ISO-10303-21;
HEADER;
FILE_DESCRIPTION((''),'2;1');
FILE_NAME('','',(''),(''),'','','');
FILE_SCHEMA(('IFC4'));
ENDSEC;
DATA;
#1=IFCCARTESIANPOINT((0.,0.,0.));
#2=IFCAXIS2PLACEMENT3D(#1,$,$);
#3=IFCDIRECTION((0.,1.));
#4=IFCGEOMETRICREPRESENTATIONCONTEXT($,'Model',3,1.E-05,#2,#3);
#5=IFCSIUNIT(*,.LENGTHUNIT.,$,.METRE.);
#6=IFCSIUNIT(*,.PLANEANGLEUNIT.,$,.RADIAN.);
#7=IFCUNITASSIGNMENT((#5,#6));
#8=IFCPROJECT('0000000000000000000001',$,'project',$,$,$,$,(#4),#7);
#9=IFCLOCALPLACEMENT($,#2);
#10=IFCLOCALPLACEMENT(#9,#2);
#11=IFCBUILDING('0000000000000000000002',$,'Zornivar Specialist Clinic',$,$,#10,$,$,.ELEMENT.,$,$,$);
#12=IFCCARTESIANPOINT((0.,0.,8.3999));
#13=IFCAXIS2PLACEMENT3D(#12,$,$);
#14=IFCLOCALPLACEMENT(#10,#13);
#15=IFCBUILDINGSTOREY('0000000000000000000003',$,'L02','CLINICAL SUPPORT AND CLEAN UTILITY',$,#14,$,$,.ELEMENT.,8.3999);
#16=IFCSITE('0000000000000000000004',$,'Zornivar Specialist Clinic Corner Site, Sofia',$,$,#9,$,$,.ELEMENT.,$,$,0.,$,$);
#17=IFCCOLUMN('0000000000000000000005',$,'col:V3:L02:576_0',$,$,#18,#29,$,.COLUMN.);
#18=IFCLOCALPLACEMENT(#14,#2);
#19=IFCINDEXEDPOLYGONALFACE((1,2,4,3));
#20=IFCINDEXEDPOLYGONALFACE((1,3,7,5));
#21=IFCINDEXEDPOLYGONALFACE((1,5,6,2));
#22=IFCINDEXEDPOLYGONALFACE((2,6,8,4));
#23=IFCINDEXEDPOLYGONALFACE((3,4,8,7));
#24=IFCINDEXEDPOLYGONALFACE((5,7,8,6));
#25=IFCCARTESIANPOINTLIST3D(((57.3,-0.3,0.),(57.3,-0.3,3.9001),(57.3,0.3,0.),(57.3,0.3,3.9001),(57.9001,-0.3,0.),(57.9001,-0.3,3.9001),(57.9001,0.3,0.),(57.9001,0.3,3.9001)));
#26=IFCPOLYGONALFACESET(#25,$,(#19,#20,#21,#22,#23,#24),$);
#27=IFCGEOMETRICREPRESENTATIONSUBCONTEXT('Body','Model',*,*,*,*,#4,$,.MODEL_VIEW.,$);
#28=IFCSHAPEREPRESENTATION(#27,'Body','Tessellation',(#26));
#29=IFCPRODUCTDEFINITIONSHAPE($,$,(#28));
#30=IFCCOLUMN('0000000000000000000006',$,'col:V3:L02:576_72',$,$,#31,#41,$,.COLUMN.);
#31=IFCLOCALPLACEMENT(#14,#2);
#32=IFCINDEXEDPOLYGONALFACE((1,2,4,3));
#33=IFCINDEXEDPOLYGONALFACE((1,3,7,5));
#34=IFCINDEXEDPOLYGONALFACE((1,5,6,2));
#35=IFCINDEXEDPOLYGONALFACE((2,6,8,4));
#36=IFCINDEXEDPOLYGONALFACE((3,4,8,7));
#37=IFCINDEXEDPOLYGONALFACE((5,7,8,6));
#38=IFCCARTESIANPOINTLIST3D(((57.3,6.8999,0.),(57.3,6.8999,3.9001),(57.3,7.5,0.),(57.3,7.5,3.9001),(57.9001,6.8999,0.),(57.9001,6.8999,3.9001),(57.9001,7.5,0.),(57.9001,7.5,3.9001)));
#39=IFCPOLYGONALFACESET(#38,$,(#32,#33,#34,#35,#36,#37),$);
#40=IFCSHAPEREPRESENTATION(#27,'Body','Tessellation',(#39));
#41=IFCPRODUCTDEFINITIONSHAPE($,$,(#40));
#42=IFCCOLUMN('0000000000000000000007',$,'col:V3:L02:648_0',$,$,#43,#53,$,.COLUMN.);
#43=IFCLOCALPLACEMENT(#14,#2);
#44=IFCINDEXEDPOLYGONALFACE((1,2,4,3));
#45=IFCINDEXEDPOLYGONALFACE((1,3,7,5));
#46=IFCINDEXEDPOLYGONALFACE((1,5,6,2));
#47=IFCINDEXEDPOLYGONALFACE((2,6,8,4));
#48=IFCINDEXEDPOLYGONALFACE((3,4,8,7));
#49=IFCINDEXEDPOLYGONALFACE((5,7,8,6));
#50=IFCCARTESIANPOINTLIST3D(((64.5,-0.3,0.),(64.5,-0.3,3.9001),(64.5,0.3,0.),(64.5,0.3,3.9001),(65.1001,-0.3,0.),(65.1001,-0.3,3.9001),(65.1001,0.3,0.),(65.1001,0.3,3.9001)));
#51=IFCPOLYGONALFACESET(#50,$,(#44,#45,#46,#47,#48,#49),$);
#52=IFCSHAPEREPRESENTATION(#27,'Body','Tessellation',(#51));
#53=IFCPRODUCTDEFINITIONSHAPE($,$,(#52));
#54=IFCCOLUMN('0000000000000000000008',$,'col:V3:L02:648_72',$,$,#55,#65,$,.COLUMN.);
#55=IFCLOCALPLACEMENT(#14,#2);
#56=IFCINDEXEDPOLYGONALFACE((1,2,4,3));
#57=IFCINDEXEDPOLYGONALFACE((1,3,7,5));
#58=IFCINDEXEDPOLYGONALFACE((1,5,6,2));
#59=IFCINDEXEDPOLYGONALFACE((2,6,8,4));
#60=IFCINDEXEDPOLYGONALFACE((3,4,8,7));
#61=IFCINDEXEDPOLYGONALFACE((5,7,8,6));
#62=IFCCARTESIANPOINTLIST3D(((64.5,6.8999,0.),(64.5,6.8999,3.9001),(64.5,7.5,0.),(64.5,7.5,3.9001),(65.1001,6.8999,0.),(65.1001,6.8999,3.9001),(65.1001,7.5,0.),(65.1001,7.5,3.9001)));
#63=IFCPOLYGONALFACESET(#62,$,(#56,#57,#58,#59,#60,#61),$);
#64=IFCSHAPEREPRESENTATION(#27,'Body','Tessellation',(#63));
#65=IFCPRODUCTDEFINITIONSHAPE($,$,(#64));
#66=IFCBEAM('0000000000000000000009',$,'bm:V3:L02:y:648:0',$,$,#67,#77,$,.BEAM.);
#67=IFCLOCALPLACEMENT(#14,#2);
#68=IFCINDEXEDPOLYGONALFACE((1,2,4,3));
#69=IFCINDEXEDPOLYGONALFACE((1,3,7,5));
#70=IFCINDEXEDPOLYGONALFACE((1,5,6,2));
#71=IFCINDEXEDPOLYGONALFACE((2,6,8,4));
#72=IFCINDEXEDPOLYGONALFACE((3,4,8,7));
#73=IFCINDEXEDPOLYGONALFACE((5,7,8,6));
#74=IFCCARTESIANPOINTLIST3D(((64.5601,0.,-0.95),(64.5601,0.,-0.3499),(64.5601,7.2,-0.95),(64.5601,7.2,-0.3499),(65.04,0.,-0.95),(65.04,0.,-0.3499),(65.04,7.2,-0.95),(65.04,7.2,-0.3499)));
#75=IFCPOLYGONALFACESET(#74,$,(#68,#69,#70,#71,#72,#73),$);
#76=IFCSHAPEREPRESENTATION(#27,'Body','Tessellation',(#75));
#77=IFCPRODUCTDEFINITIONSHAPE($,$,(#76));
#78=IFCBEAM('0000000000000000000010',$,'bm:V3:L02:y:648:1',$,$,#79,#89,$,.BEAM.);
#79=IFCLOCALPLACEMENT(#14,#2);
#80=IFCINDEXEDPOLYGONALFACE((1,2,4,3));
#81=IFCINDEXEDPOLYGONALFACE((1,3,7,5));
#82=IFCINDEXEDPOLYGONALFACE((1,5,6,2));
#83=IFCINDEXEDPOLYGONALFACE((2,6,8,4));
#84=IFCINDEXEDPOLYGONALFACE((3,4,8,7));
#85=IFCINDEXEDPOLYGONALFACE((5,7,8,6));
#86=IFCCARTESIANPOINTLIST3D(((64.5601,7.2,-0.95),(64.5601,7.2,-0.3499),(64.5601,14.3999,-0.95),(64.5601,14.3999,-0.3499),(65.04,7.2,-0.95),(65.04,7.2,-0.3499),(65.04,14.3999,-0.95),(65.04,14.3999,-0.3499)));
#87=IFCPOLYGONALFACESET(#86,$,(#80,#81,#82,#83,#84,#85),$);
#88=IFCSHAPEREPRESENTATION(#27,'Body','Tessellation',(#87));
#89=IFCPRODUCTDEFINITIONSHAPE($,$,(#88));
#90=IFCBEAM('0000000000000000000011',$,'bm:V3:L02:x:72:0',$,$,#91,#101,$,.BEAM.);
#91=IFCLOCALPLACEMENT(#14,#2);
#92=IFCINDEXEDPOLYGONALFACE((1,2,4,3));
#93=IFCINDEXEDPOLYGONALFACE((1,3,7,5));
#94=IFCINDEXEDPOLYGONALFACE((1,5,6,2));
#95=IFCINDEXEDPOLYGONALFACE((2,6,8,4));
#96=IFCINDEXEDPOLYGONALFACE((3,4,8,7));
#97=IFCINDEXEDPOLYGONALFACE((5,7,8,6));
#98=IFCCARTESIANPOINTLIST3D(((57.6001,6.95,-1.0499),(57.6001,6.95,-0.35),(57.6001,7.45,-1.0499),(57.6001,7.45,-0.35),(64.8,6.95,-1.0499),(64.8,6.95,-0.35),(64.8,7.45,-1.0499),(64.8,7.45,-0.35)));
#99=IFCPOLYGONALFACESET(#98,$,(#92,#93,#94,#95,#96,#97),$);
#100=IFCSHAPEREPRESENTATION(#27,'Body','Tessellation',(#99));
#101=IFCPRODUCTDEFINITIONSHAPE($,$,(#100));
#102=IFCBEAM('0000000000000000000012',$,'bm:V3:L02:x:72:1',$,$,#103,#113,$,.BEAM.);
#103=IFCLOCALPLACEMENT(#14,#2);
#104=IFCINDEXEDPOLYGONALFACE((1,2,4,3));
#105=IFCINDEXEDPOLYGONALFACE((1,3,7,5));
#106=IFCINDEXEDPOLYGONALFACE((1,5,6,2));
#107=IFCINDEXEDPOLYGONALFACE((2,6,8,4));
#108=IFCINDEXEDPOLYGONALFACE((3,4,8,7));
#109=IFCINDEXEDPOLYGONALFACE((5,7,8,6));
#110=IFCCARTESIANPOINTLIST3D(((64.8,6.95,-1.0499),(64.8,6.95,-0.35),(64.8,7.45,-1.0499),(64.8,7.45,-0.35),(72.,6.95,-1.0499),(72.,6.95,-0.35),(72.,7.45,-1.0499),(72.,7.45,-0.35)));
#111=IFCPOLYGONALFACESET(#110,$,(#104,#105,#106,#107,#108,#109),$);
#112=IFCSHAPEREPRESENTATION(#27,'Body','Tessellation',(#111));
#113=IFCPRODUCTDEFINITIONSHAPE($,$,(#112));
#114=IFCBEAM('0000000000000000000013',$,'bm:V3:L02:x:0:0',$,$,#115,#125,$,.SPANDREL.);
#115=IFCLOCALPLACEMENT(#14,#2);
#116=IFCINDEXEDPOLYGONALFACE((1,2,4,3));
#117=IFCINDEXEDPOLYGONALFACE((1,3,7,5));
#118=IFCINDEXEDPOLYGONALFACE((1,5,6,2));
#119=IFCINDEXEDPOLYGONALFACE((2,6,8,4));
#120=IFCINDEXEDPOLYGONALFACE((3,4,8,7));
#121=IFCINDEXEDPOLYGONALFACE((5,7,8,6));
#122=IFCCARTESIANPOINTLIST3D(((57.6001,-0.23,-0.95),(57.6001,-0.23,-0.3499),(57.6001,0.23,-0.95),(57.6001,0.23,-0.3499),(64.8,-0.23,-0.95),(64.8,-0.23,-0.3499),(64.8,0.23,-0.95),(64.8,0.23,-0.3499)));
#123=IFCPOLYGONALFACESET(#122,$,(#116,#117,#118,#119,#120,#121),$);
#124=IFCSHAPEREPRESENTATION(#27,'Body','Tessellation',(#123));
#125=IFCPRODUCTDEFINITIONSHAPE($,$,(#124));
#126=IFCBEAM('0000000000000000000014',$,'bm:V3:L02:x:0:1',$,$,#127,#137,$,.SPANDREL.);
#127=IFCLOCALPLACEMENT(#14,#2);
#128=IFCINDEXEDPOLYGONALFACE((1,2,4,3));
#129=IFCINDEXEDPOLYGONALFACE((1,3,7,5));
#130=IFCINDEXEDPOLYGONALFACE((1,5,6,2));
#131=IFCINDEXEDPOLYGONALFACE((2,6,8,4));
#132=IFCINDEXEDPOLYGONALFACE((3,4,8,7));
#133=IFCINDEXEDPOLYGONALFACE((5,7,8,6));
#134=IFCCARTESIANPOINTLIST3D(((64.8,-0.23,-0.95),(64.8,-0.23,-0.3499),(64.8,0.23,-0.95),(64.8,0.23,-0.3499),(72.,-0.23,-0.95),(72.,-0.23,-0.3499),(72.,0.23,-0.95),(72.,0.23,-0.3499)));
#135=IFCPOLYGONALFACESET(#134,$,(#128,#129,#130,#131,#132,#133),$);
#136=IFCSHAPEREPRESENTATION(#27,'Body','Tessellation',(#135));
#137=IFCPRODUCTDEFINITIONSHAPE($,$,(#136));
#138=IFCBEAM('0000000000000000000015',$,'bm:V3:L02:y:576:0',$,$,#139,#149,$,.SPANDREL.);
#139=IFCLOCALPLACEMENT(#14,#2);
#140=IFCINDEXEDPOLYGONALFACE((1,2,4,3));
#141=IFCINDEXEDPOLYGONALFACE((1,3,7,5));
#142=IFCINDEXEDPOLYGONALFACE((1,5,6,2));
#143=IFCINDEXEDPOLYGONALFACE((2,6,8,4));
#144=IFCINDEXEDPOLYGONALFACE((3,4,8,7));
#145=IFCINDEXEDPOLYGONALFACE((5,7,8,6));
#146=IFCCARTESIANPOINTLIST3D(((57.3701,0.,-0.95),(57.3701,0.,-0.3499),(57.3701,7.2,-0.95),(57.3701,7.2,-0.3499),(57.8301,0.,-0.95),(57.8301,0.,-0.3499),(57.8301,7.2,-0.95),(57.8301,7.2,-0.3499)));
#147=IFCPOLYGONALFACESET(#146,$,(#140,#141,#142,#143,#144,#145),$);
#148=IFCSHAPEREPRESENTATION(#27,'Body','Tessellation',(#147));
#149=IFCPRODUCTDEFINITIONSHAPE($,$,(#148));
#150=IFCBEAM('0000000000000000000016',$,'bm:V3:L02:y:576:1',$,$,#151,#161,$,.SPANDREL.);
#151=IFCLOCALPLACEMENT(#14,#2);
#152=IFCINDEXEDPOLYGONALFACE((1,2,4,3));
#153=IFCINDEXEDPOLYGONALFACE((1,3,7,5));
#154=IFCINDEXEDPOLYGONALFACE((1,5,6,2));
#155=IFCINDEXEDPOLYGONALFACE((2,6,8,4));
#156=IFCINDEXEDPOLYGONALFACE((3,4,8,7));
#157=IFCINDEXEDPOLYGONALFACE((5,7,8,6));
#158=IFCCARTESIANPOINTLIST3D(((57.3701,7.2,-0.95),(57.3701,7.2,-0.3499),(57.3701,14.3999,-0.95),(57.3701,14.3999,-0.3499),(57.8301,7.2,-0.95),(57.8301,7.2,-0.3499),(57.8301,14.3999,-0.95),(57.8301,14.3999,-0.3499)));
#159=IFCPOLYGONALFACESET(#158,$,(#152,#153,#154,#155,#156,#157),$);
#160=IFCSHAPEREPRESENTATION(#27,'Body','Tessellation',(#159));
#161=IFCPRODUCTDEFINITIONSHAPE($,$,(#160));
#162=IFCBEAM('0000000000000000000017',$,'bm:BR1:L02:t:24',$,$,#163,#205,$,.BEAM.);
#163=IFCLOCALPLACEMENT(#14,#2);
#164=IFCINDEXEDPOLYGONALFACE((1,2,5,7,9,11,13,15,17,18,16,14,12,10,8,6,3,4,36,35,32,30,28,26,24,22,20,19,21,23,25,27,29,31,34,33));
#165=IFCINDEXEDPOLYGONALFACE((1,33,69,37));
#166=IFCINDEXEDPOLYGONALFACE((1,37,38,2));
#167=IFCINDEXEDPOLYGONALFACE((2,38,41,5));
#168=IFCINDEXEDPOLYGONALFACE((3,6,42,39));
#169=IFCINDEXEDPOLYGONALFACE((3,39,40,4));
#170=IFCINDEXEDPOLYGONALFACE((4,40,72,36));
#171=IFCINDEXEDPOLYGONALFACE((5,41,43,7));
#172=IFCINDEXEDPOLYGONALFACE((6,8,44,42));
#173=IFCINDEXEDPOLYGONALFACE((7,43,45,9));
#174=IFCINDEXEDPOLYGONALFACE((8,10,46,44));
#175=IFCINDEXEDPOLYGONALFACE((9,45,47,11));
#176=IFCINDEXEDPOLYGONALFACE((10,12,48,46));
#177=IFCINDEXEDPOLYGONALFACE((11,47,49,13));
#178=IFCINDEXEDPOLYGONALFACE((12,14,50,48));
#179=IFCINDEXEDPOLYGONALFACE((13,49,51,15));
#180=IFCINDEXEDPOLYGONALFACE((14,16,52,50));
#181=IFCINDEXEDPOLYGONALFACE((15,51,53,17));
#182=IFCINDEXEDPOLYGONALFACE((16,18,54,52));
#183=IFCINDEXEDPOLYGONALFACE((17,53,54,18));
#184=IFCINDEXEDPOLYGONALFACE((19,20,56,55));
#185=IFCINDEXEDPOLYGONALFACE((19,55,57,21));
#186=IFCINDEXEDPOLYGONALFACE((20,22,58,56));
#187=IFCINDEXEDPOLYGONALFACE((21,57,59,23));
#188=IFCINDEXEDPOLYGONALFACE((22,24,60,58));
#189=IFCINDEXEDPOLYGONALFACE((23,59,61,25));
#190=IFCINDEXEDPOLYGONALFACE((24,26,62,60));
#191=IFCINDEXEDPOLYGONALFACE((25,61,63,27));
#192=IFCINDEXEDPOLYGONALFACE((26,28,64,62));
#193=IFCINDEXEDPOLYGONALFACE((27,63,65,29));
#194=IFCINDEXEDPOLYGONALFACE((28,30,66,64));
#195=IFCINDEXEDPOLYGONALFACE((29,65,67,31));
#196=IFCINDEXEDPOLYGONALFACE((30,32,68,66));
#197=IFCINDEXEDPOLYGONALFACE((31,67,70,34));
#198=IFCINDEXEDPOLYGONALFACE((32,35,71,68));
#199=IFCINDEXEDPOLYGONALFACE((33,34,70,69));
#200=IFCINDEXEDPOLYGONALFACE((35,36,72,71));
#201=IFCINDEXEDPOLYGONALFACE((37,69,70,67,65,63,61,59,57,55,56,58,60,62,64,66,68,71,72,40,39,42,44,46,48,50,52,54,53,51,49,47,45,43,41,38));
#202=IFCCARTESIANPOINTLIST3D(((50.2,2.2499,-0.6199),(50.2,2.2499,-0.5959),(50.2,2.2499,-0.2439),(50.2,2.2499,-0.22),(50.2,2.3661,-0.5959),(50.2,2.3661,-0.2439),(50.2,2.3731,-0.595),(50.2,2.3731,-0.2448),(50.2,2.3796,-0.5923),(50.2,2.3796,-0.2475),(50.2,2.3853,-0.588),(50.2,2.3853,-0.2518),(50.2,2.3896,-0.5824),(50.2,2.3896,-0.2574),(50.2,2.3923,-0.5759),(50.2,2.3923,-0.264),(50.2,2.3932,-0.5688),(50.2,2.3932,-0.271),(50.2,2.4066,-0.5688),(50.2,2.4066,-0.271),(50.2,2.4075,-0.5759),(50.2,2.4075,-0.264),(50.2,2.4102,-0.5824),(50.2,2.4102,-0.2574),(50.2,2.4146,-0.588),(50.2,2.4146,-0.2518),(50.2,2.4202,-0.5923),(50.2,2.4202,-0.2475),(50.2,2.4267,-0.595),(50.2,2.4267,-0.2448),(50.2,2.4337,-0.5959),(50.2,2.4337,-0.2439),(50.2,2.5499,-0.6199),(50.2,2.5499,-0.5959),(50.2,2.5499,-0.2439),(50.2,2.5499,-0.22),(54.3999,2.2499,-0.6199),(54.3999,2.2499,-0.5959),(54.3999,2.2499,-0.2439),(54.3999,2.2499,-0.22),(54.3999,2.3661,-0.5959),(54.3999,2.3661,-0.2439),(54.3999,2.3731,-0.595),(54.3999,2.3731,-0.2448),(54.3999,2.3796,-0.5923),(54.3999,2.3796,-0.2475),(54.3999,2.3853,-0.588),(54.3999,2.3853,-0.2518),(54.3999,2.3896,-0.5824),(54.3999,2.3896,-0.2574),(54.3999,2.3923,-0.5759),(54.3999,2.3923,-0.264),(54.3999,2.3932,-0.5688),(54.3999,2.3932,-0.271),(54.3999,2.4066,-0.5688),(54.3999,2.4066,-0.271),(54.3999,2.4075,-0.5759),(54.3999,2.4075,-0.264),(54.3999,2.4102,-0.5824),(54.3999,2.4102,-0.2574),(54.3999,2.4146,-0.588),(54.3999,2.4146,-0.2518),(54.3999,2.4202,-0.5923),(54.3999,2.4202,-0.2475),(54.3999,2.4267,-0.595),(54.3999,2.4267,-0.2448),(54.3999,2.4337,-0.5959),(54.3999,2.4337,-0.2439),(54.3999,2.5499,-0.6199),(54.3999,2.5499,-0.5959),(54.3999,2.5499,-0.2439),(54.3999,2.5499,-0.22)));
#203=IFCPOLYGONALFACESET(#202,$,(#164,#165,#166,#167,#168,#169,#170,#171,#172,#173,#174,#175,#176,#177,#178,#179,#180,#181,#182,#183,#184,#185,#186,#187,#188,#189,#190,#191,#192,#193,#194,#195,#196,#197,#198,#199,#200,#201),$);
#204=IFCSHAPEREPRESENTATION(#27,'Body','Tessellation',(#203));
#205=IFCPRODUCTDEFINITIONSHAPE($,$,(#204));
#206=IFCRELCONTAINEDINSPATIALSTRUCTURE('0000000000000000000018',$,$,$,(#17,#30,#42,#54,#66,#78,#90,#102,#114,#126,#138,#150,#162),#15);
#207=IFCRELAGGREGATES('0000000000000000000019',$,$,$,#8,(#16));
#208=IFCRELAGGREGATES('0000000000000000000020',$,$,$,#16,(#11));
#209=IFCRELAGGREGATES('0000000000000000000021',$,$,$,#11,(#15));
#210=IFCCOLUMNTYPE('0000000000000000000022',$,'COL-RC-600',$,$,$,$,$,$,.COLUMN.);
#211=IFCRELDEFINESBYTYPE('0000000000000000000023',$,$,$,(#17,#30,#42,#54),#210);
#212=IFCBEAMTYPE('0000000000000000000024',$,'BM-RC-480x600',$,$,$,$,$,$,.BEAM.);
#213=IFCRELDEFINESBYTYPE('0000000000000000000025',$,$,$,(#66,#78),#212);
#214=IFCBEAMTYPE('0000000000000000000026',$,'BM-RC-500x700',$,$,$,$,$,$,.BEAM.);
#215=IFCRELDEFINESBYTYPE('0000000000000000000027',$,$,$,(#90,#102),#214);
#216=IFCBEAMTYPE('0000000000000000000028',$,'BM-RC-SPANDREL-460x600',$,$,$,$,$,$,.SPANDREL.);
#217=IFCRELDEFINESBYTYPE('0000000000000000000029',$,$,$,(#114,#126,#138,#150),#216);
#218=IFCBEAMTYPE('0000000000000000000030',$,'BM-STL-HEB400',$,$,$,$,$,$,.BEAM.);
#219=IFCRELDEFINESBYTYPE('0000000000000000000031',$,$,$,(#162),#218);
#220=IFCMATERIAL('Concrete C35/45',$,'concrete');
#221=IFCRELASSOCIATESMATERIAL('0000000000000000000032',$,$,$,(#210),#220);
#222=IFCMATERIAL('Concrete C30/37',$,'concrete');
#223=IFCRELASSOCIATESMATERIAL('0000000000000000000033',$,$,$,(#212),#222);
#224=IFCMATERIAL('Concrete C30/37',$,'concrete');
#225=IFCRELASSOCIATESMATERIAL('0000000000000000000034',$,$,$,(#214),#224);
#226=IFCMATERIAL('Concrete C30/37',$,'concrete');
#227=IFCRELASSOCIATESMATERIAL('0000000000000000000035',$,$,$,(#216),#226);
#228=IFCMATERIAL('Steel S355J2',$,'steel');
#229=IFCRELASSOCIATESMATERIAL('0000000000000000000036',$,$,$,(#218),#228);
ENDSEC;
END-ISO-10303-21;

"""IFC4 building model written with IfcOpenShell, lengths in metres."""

from ifc_helpers import new_model, si_unit, direction, frame, origin, origin_2d, place, context, subcontext, project, spatial, rectangle, i_section, extrude, material, material_profile, profile_set, type_object, element, save


model = new_model("IFC4")

# Units and contexts
model_context = context("Model", 3, precision=1e-05, world=origin(), true_north=direction((0.0, 1.0)))
body_context = subcontext(model_context, "Body", "Model", "MODEL_VIEW")
ifc_project = project(units=[si_unit("LENGTHUNIT", "METRE"), si_unit("PLANEANGLEUNIT", "RADIAN")], contexts=[model_context])

# Site, building, storey
site_placement = place(None, origin())
site = spatial("IfcSite", under=ifc_project, at=site_placement, Name="Zornivar Specialist Clinic Corner Site, Sofia", CompositionType="ELEMENT", RefElevation=0.0)
building_placement = place(site_placement, origin())
building = spatial("IfcBuilding", under=site, at=building_placement, Name="Zornivar Specialist Clinic", CompositionType="ELEMENT")
storey_placement = place(building_placement, frame((0.0, 0.0, 8.3999)))
storey = spatial("IfcBuildingStorey", under=building, at=storey_placement, Name="L02", Description="CLINICAL SUPPORT AND CLEAN UTILITY", CompositionType="ELEMENT", Elevation=8.3999)

# Columns
ifc_material_1 = material(Name="Concrete C35/45", Category="concrete")
ifc_material_profile_1 = material_profile(ifc_material_1, rectangle(XDim=0.6001, YDim=0.6001, at=origin_2d()), Name="RC 600x600")
ifc_profile_set_1 = profile_set([ifc_material_profile_1], Name="Concrete C35/45")
column_type = type_object("IfcColumnType", Name="COL-RC-600", PredefinedType="COLUMN", material=ifc_profile_set_1)
for number, where, z_axis, x_axis, name in (
    (1, (57.6001, 0.0, 0.0), (0.0, 0.0, 1.0), (1.0, 0.0, 0.0), "col:V3:L02:576_0"),
    (2, (57.6001, 7.2, 0.0), (0.0, 0.0, 1.0), (1.0, 0.0, 0.0), "col:V3:L02:576_72"),
    (3, (64.8, 0.0, 0.0), (0.0, 0.0, 1.0), (1.0, 0.0, 0.0), "col:V3:L02:648_0"),
    (4, (64.8, 7.2, 0.0), (0.0, 0.0, 1.0), (1.0, 0.0, 0.0), "col:V3:L02:648_72"),
):
    element("IfcColumn", number, at=place(storey_placement, frame(where, z_axis=z_axis, x_axis=x_axis)), inside=storey, type_object=column_type, Name=name, PredefinedType="COLUMN", context=body_context, shape_type="SweptSolid", body=[
        extrude(rectangle(XDim=0.6001, YDim=0.6001, at=origin_2d()), origin(), (0.0, 0.0, 1.0), 3.9001),
    ])

# Beams
ifc_material_2 = material(Name="Concrete C30/37", Category="concrete")
ifc_material_profile_2 = material_profile(ifc_material_2, rectangle(XDim=0.48, YDim=0.6001, at=origin_2d()), Name="RC 480x600")
ifc_profile_set_2 = profile_set([ifc_material_profile_2], Name="Concrete C30/37")
beam_type_1 = type_object("IfcBeamType", Name="BM-RC-480x600", PredefinedType="BEAM", material=ifc_profile_set_2)
for number, where, z_axis, x_axis, name in (
    (5, (64.8, 0.0, -0.6499), (0.0, 1.0, 0.0), (-1.0, 0.0, 0.0), "bm:V3:L02:y:648:0"),
    (6, (64.8, 7.2, -0.6499), (0.0, 1.0, 0.0), (-1.0, 0.0, 0.0), "bm:V3:L02:y:648:1"),
):
    element("IfcBeam", number, at=place(storey_placement, frame(where, z_axis=z_axis, x_axis=x_axis)), inside=storey, type_object=beam_type_1, Name=name, PredefinedType="BEAM", context=body_context, shape_type="SweptSolid", body=[
        extrude(rectangle(XDim=0.48, YDim=0.6001, at=origin_2d()), origin(), (0.0, 0.0, 1.0), 7.2),
    ])
ifc_material_3 = material(Name="Concrete C30/37", Category="concrete")
ifc_material_profile_3 = material_profile(ifc_material_3, rectangle(XDim=0.5, YDim=0.7, at=origin_2d()), Name="RC 500x700")
ifc_profile_set_3 = profile_set([ifc_material_profile_3], Name="Concrete C30/37")
beam_type_2 = type_object("IfcBeamType", Name="BM-RC-500x700", PredefinedType="BEAM", material=ifc_profile_set_3)
for number, where, z_axis, x_axis, name in (
    (7, (57.6001, 7.2, -0.7), (1.0, 0.0, 0.0), (0.0, 1.0, 0.0), "bm:V3:L02:x:72:0"),
    (8, (64.8, 7.2, -0.7), (1.0, 0.0, 0.0), (0.0, 1.0, 0.0), "bm:V3:L02:x:72:1"),
):
    element("IfcBeam", number, at=place(storey_placement, frame(where, z_axis=z_axis, x_axis=x_axis)), inside=storey, type_object=beam_type_2, Name=name, PredefinedType="BEAM", context=body_context, shape_type="SweptSolid", body=[
        extrude(rectangle(XDim=0.5, YDim=0.7, at=origin_2d()), origin(), (0.0, 0.0, 1.0), 7.2),
    ])
ifc_material_4 = material(Name="Concrete C30/37", Category="concrete")
ifc_material_profile_4 = material_profile(ifc_material_4, rectangle(XDim=0.46, YDim=0.6001, at=origin_2d()), Name="RC 460x600")
ifc_profile_set_4 = profile_set([ifc_material_profile_4], Name="Concrete C30/37")
beam_type_3 = type_object("IfcBeamType", Name="BM-RC-SPANDREL-460x600", PredefinedType="SPANDREL", material=ifc_profile_set_4)
for number, where, z_axis, x_axis, name in (
    (9, (57.6001, 0.0, -0.6499), (1.0, 0.0, 0.0), (0.0, 1.0, 0.0), "bm:V3:L02:x:0:0"),
    (10, (64.8, 0.0, -0.6499), (1.0, 0.0, 0.0), (0.0, 1.0, 0.0), "bm:V3:L02:x:0:1"),
    (11, (57.6001, 0.0, -0.6499), (0.0, 1.0, 0.0), (-1.0, 0.0, 0.0), "bm:V3:L02:y:576:0"),
    (12, (57.6001, 7.2, -0.6499), (0.0, 1.0, 0.0), (-1.0, 0.0, 0.0), "bm:V3:L02:y:576:1"),
):
    element("IfcBeam", number, at=place(storey_placement, frame(where, z_axis=z_axis, x_axis=x_axis)), inside=storey, type_object=beam_type_3, Name=name, PredefinedType="SPANDREL", context=body_context, shape_type="SweptSolid", body=[
        extrude(rectangle(XDim=0.46, YDim=0.6001, at=origin_2d()), origin(), (0.0, 0.0, 1.0), 7.2),
    ])
ifc_material_5 = material(Name="Steel S355J2", Category="steel")
ifc_material_profile_5 = material_profile(ifc_material_5, i_section(OverallWidth=0.3, OverallDepth=0.3999, WebThickness=0.0134, FlangeThickness=0.0239, FilletRadius=0.0271, at=origin_2d()), Name="HEB 400")
ifc_profile_set_5 = profile_set([ifc_material_profile_5], Name="Steel S355J2")
beam_type_4 = type_object("IfcBeamType", Name="BM-STL-HEB400", PredefinedType="BEAM", material=ifc_profile_set_5)
beam_placement = place(storey_placement, frame((50.2, 2.3999, -0.4199), z_axis=(1.0, 0.0, 0.0), x_axis=(0.0, 1.0, 0.0)))
element("IfcBeam", 13, at=beam_placement, inside=storey, type_object=beam_type_4, Name="bm:BR1:L02:t:24", PredefinedType="BEAM", context=body_context, shape_type="SweptSolid", body=[
    extrude(i_section(OverallWidth=0.3, OverallDepth=0.3999, WebThickness=0.0134, FlangeThickness=0.0239, FilletRadius=0.0271, at=origin_2d()), origin(), (0.0, 0.0, 1.0), 4.2),
])

save(model, "model.ifc")
